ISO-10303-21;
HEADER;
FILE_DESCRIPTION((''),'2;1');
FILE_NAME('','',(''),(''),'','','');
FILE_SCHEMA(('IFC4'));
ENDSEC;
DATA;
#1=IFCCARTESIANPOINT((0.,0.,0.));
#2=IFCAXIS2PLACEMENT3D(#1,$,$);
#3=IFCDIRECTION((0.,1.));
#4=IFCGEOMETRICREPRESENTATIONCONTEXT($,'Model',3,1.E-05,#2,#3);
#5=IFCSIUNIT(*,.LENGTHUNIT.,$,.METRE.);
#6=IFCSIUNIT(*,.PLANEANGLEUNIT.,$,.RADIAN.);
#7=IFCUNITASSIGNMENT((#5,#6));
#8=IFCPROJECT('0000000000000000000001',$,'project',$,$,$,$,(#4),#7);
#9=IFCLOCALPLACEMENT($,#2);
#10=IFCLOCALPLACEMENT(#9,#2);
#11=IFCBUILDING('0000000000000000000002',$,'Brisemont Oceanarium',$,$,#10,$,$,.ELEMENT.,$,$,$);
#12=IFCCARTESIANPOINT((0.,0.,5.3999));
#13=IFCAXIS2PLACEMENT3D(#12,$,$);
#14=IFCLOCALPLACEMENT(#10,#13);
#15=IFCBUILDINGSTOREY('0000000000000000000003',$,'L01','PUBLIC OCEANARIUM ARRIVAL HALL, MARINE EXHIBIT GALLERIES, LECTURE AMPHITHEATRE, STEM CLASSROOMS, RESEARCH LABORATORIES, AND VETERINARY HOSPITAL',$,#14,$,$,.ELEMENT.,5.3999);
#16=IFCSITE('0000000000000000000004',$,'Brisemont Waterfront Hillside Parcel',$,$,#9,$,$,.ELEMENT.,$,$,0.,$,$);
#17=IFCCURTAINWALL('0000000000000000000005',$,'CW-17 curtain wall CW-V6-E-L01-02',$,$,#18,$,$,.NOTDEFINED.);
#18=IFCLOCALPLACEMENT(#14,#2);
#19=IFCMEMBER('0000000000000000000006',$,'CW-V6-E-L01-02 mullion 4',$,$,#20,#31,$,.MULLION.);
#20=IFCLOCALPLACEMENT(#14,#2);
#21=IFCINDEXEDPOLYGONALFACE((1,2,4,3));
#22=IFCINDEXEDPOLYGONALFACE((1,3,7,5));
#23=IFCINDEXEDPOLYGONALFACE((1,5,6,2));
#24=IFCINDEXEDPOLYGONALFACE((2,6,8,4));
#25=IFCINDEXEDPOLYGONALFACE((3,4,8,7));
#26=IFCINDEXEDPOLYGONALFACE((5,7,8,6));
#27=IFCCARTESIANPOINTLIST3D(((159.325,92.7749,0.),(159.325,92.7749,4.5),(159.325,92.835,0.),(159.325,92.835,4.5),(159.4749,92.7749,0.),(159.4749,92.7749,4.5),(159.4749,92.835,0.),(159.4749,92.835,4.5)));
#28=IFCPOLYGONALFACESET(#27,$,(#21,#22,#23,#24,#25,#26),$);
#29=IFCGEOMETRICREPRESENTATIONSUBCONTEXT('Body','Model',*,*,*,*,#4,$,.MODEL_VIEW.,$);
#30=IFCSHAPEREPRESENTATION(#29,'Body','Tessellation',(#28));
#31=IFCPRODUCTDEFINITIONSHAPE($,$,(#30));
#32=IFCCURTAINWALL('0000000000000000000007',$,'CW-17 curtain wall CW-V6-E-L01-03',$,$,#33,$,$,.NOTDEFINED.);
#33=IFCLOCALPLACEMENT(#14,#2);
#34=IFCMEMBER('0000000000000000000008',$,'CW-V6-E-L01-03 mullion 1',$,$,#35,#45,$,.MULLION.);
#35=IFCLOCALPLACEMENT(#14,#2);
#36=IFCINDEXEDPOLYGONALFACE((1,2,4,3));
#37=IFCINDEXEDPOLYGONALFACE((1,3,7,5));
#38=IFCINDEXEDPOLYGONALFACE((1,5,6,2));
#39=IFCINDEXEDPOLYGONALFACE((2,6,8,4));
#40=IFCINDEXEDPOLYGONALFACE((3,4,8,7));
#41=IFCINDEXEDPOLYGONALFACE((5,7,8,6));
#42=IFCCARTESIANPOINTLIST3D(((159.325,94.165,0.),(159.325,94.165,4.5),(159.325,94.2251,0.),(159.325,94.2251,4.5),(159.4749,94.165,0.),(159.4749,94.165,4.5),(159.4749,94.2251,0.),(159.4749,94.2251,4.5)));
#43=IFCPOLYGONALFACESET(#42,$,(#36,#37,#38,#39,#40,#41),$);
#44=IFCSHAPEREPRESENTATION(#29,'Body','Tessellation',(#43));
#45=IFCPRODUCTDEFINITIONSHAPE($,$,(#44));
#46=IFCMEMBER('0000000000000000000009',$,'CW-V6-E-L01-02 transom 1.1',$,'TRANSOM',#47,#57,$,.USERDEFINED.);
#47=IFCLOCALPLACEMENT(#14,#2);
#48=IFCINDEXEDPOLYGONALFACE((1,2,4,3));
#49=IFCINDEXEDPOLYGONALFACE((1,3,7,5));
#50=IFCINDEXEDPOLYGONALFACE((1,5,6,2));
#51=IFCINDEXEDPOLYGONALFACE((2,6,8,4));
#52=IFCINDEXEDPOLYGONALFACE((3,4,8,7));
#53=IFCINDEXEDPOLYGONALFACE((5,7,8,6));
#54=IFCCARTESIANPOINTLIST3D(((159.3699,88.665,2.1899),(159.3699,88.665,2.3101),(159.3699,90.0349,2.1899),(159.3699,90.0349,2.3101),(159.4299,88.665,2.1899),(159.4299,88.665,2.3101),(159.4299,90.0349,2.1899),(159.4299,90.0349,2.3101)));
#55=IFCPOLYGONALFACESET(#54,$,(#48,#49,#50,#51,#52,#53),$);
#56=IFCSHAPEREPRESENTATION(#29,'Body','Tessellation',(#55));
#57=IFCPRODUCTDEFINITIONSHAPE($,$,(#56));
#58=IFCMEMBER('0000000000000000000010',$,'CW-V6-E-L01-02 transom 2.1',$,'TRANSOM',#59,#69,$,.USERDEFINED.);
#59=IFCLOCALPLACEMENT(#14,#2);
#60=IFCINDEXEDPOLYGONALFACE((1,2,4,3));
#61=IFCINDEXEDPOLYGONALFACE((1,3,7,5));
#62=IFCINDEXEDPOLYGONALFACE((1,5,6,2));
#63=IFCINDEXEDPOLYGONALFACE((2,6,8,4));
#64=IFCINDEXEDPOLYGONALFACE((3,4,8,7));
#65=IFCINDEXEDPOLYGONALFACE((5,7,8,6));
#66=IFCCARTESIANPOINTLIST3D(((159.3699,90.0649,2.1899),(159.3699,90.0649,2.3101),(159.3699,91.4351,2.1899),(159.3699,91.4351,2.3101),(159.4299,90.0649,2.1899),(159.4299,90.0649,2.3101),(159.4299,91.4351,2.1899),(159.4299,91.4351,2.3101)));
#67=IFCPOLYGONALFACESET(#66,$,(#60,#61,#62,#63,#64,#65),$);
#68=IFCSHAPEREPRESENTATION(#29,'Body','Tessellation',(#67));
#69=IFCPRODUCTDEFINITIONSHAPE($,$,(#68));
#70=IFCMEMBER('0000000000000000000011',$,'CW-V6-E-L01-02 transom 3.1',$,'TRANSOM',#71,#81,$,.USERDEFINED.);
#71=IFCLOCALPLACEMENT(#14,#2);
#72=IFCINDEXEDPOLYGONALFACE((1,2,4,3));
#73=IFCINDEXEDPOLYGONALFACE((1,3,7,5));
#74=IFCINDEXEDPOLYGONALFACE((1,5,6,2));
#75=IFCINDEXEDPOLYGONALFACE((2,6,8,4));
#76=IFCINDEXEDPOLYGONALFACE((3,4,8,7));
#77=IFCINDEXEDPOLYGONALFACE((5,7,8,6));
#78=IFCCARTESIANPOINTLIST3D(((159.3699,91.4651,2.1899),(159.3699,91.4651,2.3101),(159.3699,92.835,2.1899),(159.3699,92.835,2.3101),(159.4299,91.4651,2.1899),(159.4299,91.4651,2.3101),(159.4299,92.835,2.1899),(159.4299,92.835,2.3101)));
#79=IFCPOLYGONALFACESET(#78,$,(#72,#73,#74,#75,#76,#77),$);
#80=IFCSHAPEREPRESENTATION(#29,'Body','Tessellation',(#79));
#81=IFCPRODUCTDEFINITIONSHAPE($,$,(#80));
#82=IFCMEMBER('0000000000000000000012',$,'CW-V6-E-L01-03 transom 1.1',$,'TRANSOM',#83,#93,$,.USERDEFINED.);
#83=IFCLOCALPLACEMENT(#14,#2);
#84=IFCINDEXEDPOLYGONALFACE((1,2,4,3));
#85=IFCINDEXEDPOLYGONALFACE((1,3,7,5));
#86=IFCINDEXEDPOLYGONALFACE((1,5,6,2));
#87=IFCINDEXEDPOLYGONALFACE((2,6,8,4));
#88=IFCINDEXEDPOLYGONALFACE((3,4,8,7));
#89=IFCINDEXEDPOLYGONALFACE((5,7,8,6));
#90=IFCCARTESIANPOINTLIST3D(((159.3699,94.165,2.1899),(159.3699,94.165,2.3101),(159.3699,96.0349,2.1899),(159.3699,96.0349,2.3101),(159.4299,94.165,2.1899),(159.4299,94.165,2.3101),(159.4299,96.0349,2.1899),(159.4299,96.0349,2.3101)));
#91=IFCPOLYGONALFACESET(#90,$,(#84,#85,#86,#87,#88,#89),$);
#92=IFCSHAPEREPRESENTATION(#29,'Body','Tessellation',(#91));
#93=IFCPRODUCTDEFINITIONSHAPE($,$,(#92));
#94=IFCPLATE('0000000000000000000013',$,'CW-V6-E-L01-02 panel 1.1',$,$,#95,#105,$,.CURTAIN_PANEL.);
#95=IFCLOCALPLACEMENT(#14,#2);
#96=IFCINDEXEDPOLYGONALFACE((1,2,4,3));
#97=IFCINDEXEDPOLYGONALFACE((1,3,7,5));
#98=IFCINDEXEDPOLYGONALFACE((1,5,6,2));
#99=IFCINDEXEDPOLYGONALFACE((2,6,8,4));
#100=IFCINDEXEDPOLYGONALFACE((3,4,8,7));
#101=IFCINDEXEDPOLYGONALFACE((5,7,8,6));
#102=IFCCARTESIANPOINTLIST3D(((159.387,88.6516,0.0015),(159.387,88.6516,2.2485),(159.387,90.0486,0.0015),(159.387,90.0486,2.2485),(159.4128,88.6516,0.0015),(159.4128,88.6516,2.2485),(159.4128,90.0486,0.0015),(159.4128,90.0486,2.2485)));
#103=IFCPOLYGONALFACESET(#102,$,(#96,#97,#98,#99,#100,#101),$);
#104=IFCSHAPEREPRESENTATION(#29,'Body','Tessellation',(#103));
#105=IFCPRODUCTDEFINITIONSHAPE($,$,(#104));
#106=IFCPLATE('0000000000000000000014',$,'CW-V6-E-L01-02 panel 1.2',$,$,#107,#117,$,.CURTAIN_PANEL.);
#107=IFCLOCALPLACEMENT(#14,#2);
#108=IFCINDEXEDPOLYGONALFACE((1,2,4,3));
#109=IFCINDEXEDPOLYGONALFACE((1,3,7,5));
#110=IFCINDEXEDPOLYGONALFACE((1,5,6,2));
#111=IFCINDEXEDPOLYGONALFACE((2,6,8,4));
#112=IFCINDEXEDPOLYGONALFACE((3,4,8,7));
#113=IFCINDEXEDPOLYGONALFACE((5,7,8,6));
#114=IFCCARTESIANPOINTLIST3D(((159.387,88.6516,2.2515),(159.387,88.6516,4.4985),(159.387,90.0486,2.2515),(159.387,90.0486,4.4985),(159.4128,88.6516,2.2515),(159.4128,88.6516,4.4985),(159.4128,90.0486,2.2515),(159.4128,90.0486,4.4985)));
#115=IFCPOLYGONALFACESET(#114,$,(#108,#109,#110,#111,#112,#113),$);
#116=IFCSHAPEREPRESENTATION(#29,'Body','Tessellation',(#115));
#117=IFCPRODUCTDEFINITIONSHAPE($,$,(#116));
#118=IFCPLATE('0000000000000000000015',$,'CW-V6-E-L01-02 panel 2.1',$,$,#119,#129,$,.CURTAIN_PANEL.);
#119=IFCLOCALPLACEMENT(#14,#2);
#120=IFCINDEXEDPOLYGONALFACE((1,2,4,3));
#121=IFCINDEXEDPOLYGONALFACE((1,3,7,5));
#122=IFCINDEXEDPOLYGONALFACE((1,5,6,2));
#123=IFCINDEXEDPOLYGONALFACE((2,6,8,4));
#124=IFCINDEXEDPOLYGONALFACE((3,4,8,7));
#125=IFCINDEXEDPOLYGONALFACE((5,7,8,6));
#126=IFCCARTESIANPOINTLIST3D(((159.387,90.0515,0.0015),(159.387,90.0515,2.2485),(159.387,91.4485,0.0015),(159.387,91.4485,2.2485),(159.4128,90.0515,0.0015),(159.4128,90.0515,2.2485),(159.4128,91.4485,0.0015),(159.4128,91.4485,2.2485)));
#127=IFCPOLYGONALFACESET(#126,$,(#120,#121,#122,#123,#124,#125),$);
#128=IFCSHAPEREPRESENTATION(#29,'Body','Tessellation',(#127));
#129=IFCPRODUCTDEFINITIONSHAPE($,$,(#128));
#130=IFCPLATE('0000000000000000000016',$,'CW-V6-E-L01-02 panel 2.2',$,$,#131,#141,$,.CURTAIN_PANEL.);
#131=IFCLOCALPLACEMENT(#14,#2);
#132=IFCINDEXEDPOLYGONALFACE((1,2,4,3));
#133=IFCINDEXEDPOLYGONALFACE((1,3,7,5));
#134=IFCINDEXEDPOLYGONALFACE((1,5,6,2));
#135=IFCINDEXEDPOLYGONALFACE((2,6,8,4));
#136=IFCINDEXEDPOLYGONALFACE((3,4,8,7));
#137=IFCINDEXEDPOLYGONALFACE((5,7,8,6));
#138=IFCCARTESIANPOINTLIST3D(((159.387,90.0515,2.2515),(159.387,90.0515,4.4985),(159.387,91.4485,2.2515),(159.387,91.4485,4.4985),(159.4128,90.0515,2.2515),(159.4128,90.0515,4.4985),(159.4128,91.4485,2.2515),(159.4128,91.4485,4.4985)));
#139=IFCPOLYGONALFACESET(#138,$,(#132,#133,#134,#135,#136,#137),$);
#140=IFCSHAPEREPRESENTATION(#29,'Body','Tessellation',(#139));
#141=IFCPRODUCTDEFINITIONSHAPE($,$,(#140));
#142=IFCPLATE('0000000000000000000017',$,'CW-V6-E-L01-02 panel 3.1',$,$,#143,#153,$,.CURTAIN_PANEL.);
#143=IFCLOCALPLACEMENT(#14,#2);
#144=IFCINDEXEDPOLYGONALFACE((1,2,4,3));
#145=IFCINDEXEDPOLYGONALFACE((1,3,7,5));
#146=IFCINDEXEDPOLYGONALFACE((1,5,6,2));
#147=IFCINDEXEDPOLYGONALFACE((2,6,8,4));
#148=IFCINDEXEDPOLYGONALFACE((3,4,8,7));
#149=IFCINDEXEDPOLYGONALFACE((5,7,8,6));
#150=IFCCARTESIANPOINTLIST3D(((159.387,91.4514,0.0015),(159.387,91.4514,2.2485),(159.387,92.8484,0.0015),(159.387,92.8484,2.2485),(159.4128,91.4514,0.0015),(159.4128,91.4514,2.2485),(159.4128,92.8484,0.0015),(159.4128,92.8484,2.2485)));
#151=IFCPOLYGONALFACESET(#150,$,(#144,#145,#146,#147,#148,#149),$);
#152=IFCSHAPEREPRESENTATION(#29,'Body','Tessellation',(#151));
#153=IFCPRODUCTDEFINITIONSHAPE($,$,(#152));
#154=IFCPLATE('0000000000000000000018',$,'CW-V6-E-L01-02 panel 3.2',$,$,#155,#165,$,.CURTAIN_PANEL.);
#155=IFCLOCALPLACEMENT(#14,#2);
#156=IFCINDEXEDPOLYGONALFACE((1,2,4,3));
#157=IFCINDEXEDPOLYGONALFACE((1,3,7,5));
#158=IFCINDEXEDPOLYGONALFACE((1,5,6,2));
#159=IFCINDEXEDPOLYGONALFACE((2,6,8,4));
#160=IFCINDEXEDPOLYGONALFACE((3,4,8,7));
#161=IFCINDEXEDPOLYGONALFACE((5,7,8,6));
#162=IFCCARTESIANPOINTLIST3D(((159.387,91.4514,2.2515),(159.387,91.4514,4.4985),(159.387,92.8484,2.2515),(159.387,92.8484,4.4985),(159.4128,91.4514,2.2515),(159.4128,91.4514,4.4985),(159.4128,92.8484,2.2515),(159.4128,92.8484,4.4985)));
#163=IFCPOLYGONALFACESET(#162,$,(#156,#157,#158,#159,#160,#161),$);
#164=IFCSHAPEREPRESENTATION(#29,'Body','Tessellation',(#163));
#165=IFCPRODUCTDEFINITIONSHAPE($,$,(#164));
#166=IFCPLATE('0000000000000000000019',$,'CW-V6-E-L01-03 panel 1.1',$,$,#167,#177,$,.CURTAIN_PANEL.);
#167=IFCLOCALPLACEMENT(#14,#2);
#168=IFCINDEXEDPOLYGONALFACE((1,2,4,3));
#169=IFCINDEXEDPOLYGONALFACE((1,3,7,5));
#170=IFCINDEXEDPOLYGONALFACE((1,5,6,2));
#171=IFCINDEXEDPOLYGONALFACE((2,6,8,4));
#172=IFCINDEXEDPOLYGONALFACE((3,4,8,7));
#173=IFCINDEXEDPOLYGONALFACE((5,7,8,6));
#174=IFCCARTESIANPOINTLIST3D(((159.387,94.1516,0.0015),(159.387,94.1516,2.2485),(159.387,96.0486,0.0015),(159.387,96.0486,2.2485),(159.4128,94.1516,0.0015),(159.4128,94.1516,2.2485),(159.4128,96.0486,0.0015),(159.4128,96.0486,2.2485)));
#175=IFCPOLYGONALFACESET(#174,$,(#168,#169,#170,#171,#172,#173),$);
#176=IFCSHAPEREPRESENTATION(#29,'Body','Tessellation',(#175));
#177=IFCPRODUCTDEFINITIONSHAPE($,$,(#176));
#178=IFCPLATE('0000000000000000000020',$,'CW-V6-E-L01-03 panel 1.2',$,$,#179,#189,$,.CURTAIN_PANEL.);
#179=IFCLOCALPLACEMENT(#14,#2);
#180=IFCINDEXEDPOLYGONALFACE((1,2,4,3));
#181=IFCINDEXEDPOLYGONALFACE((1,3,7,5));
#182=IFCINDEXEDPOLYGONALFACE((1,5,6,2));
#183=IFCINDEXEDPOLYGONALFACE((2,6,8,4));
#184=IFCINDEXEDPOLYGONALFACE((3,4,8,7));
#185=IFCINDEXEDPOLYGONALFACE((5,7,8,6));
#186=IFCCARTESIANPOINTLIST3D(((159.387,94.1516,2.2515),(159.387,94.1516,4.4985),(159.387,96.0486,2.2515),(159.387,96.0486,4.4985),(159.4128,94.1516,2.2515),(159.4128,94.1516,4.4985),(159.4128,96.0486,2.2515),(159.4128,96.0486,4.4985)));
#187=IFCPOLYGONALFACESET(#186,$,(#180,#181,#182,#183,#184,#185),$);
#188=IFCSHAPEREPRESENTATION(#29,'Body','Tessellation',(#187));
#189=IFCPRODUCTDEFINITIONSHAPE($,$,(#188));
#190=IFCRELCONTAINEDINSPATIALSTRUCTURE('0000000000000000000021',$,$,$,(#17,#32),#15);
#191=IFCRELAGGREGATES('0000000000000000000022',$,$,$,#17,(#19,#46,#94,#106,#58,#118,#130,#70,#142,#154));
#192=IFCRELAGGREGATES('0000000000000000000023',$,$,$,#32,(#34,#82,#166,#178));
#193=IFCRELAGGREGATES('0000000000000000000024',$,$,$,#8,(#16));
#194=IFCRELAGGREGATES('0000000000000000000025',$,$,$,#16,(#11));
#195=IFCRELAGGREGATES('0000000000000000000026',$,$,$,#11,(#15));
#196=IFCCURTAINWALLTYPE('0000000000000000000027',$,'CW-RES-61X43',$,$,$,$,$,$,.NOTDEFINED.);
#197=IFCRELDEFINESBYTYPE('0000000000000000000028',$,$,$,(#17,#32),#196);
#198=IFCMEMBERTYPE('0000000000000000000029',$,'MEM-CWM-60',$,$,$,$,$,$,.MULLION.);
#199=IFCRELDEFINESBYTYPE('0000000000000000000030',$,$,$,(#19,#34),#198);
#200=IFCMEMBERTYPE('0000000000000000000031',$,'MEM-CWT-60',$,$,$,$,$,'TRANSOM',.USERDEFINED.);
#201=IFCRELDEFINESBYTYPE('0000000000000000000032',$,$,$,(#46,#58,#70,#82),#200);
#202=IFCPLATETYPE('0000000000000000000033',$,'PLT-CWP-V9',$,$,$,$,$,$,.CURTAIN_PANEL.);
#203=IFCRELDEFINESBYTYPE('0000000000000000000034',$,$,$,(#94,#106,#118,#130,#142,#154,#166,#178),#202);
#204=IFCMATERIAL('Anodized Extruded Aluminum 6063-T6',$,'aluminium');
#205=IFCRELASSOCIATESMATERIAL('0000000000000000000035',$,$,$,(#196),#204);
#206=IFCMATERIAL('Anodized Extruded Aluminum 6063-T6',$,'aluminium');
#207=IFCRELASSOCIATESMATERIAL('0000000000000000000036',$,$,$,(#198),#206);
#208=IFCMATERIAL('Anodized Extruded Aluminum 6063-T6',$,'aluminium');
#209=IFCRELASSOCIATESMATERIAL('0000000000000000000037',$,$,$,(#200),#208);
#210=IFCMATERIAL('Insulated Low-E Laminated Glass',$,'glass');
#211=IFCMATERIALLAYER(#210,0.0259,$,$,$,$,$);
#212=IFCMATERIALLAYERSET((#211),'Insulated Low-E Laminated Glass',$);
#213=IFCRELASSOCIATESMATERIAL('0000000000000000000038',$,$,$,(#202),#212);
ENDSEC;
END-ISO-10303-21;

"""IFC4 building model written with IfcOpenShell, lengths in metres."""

from ifc_helpers import new_model, si_unit, direction, frame, origin, origin_2d, place, context, subcontext, project, spatial, rectangle, extrude, material, layer, layer_set, material_profile, profile_set, type_object, element, aggregate, save


model = new_model("IFC4")

# Units and contexts
model_context = context("Model", 3, precision=1e-05, world=origin(), true_north=direction((0.0, 1.0)))
body_context = subcontext(model_context, "Body", "Model", "MODEL_VIEW")
ifc_project = project(units=[si_unit("LENGTHUNIT", "METRE"), si_unit("PLANEANGLEUNIT", "RADIAN")], contexts=[model_context])

# Site, building, storey
site_placement = place(None, origin())
site = spatial("IfcSite", under=ifc_project, at=site_placement, Name="Brisemont Waterfront Hillside Parcel", CompositionType="ELEMENT", RefElevation=0.0)
building_placement = place(site_placement, origin())
building = spatial("IfcBuilding", under=site, at=building_placement, Name="Brisemont Oceanarium", CompositionType="ELEMENT")
storey_placement = place(building_placement, frame((0.0, 0.0, 5.3999)))
storey = spatial("IfcBuildingStorey", under=building, at=storey_placement, Name="L01", Description="PUBLIC OCEANARIUM ARRIVAL HALL, MARINE EXHIBIT GALLERIES, LECTURE AMPHITHEATRE, STEM CLASSROOMS, RESEARCH LABORATORIES, AND VETERINARY HOSPITAL", CompositionType="ELEMENT", Elevation=5.3999)

# Curtain wall, member
ifc_material_1 = material(Name="Anodized Extruded Aluminum 6063-T6", Category="aluminium")
curtain_wall_type = type_object("IfcCurtainWallType", Name="CW-RES-61X43", PredefinedType="NOTDEFINED", material=ifc_material_1)
curtain_wall_1_placement = place(storey_placement, origin())
curtain_wall_1 = element("IfcCurtainWall", 1, at=curtain_wall_1_placement, inside=storey, type_object=curtain_wall_type, Name="CW-17 curtain wall CW-V6-E-L01-02", PredefinedType="NOTDEFINED")
ifc_material_2 = material(Name="Anodized Extruded Aluminum 6063-T6", Category="aluminium")
ifc_material_profile_1 = material_profile(ifc_material_2, rectangle(XDim=0.0601, YDim=0.1499, at=origin_2d()), Name="CWM-60X150")
ifc_profile_set_1 = profile_set([ifc_material_profile_1], Name="Anodized Extruded Aluminum 6063-T6")
member_type_1 = type_object("IfcMemberType", Name="MEM-CWM-60", PredefinedType="MULLION", material=ifc_profile_set_1)
member_1_placement = place(storey_placement, frame((159.3999, 92.8049, 0.0), z_axis=(0.0, 0.0, 1.0), x_axis=(0.0, 1.0, 0.0)))
member_1 = element("IfcMember", 2, at=member_1_placement, type_object=member_type_1, Name="CW-V6-E-L01-02 mullion 4", PredefinedType="MULLION", context=body_context, shape_type="SweptSolid", body=[
    extrude(rectangle(XDim=0.0601, YDim=0.1499, at=origin_2d()), origin(), (0.0, 0.0, 1.0), 4.5),
])

# Curtain wall, member
curtain_wall_2_placement = place(storey_placement, origin())
curtain_wall_2 = element("IfcCurtainWall", 3, at=curtain_wall_2_placement, inside=storey, type_object=curtain_wall_type, Name="CW-17 curtain wall CW-V6-E-L01-03", PredefinedType="NOTDEFINED")
member_2_placement = place(storey_placement, frame((159.3999, 94.1951, 0.0), z_axis=(0.0, 0.0, 1.0), x_axis=(0.0, 1.0, 0.0)))
member_2 = element("IfcMember", 4, at=member_2_placement, type_object=member_type_1, Name="CW-V6-E-L01-03 mullion 1", PredefinedType="MULLION", context=body_context, shape_type="SweptSolid", body=[
    extrude(rectangle(XDim=0.0601, YDim=0.1499, at=origin_2d()), origin(), (0.0, 0.0, 1.0), 4.5),
])

# Members
ifc_material_3 = material(Name="Anodized Extruded Aluminum 6063-T6", Category="aluminium")
ifc_material_profile_2 = material_profile(ifc_material_3, rectangle(XDim=0.0601, YDim=0.1201, at=origin_2d()), Name="CWT-60X120")
ifc_profile_set_2 = profile_set([ifc_material_profile_2], Name="Anodized Extruded Aluminum 6063-T6")
member_type_2 = type_object("IfcMemberType", Name="MEM-CWT-60", ElementType="TRANSOM", PredefinedType="USERDEFINED", material=ifc_profile_set_2)
member_3_placement = place(storey_placement, frame((159.3999, 88.665, 2.25), z_axis=(0.0, 1.0, 0.0), x_axis=(-1.0, 0.0, 0.0)))
member_3 = element("IfcMember", 5, at=member_3_placement, type_object=member_type_2, Name="CW-V6-E-L01-02 transom 1.1", ObjectType="TRANSOM", PredefinedType="USERDEFINED", context=body_context, shape_type="SweptSolid", body=[
    extrude(rectangle(XDim=0.0601, YDim=0.1201, at=origin_2d()), origin(), (0.0, 0.0, 1.0), 1.3699),
])
member_4_placement = place(storey_placement, frame((159.3999, 90.0649, 2.25), z_axis=(0.0, 1.0, 0.0), x_axis=(-1.0, 0.0, 0.0)))
member_4 = element("IfcMember", 6, at=member_4_placement, type_object=member_type_2, Name="CW-V6-E-L01-02 transom 2.1", ObjectType="TRANSOM", PredefinedType="USERDEFINED", context=body_context, shape_type="SweptSolid", body=[
    extrude(rectangle(XDim=0.0601, YDim=0.1201, at=origin_2d()), origin(), (0.0, 0.0, 1.0), 1.3701),
])
member_5_placement = place(storey_placement, frame((159.3999, 91.4651, 2.25), z_axis=(0.0, 1.0, 0.0), x_axis=(-1.0, 0.0, 0.0)))
member_5 = element("IfcMember", 7, at=member_5_placement, type_object=member_type_2, Name="CW-V6-E-L01-02 transom 3.1", ObjectType="TRANSOM", PredefinedType="USERDEFINED", context=body_context, shape_type="SweptSolid", body=[
    extrude(rectangle(XDim=0.0601, YDim=0.1201, at=origin_2d()), origin(), (0.0, 0.0, 1.0), 1.3699),
])
member_6_placement = place(storey_placement, frame((159.3999, 94.165, 2.25), z_axis=(0.0, 1.0, 0.0), x_axis=(-1.0, 0.0, 0.0)))
member_6 = element("IfcMember", 8, at=member_6_placement, type_object=member_type_2, Name="CW-V6-E-L01-03 transom 1.1", ObjectType="TRANSOM", PredefinedType="USERDEFINED", context=body_context, shape_type="SweptSolid", body=[
    extrude(rectangle(XDim=0.0601, YDim=0.1201, at=origin_2d()), origin(), (0.0, 0.0, 1.0), 1.8699),
])

# Plates
ifc_material_4 = material(Name="Insulated Low-E Laminated Glass", Category="glass")
ifc_layer_1 = layer(ifc_material_4, 0.0259)
ifc_layer_set_1 = layer_set([ifc_layer_1], Name="Insulated Low-E Laminated Glass")
plate_type = type_object("IfcPlateType", Name="PLT-CWP-V9", PredefinedType="CURTAIN_PANEL", material=ifc_layer_set_1)
plate_1_placement = place(storey_placement, frame((159.3999, 89.3501, 0.0015), z_axis=(0.0, 0.0, 1.0), x_axis=(0.0, 1.0, 0.0)))
plate_1 = element("IfcPlate", 9, at=plate_1_placement, type_object=plate_type, Name="CW-V6-E-L01-02 panel 1.1", PredefinedType="CURTAIN_PANEL", context=body_context, shape_type="SweptSolid", body=[
    extrude(rectangle(XDim=1.397, YDim=0.0259, at=origin_2d()), origin(), (0.0, 0.0, 1.0), 2.2471),
])
plate_2_placement = place(storey_placement, frame((159.3999, 89.3501, 2.2515), z_axis=(0.0, 0.0, 1.0), x_axis=(0.0, 1.0, 0.0)))
plate_2 = element("IfcPlate", 10, at=plate_2_placement, type_object=plate_type, Name="CW-V6-E-L01-02 panel 1.2", PredefinedType="CURTAIN_PANEL", context=body_context, shape_type="SweptSolid", body=[
    extrude(rectangle(XDim=1.397, YDim=0.0259, at=origin_2d()), origin(), (0.0, 0.0, 1.0), 2.2471),
])
plate_3_placement = place(storey_placement, frame((159.3999, 90.75, 0.0015), z_axis=(0.0, 0.0, 1.0), x_axis=(0.0, 1.0, 0.0)))
plate_3 = element("IfcPlate", 11, at=plate_3_placement, type_object=plate_type, Name="CW-V6-E-L01-02 panel 2.1", PredefinedType="CURTAIN_PANEL", context=body_context, shape_type="SweptSolid", body=[
    extrude(rectangle(XDim=1.397, YDim=0.0259, at=origin_2d()), origin(), (0.0, 0.0, 1.0), 2.2471),
])
plate_4_placement = place(storey_placement, frame((159.3999, 90.75, 2.2515), z_axis=(0.0, 0.0, 1.0), x_axis=(0.0, 1.0, 0.0)))
plate_4 = element("IfcPlate", 12, at=plate_4_placement, type_object=plate_type, Name="CW-V6-E-L01-02 panel 2.2", PredefinedType="CURTAIN_PANEL", context=body_context, shape_type="SweptSolid", body=[
    extrude(rectangle(XDim=1.397, YDim=0.0259, at=origin_2d()), origin(), (0.0, 0.0, 1.0), 2.2471),
])
plate_5_placement = place(storey_placement, frame((159.3999, 92.1499, 0.0015), z_axis=(0.0, 0.0, 1.0), x_axis=(0.0, 1.0, 0.0)))
plate_5 = element("IfcPlate", 13, at=plate_5_placement, type_object=plate_type, Name="CW-V6-E-L01-02 panel 3.1", PredefinedType="CURTAIN_PANEL", context=body_context, shape_type="SweptSolid", body=[
    extrude(rectangle(XDim=1.397, YDim=0.0259, at=origin_2d()), origin(), (0.0, 0.0, 1.0), 2.2471),
])
plate_6_placement = place(storey_placement, frame((159.3999, 92.1499, 2.2515), z_axis=(0.0, 0.0, 1.0), x_axis=(0.0, 1.0, 0.0)))
plate_6 = element("IfcPlate", 14, at=plate_6_placement, type_object=plate_type, Name="CW-V6-E-L01-02 panel 3.2", PredefinedType="CURTAIN_PANEL", context=body_context, shape_type="SweptSolid", body=[
    extrude(rectangle(XDim=1.397, YDim=0.0259, at=origin_2d()), origin(), (0.0, 0.0, 1.0), 2.2471),
])
aggregate(curtain_wall_1, [member_1, member_3, plate_1, plate_2, member_4, plate_3, plate_4, member_5, plate_5, plate_6])
plate_7_placement = place(storey_placement, frame((159.3999, 95.1001, 0.0015), z_axis=(0.0, 0.0, 1.0), x_axis=(0.0, 1.0, 0.0)))
plate_7 = element("IfcPlate", 15, at=plate_7_placement, type_object=plate_type, Name="CW-V6-E-L01-03 panel 1.1", PredefinedType="CURTAIN_PANEL", context=body_context, shape_type="SweptSolid", body=[
    extrude(rectangle(XDim=1.897, YDim=0.0259, at=origin_2d()), origin(), (0.0, 0.0, 1.0), 2.2471),
])
plate_8_placement = place(storey_placement, frame((159.3999, 95.1001, 2.2515), z_axis=(0.0, 0.0, 1.0), x_axis=(0.0, 1.0, 0.0)))
plate_8 = element("IfcPlate", 16, at=plate_8_placement, type_object=plate_type, Name="CW-V6-E-L01-03 panel 1.2", PredefinedType="CURTAIN_PANEL", context=body_context, shape_type="SweptSolid", body=[
    extrude(rectangle(XDim=1.897, YDim=0.0259, at=origin_2d()), origin(), (0.0, 0.0, 1.0), 2.2471),
])
aggregate(curtain_wall_2, [member_2, member_6, plate_7, plate_8])

save(model, "model.ifc")
